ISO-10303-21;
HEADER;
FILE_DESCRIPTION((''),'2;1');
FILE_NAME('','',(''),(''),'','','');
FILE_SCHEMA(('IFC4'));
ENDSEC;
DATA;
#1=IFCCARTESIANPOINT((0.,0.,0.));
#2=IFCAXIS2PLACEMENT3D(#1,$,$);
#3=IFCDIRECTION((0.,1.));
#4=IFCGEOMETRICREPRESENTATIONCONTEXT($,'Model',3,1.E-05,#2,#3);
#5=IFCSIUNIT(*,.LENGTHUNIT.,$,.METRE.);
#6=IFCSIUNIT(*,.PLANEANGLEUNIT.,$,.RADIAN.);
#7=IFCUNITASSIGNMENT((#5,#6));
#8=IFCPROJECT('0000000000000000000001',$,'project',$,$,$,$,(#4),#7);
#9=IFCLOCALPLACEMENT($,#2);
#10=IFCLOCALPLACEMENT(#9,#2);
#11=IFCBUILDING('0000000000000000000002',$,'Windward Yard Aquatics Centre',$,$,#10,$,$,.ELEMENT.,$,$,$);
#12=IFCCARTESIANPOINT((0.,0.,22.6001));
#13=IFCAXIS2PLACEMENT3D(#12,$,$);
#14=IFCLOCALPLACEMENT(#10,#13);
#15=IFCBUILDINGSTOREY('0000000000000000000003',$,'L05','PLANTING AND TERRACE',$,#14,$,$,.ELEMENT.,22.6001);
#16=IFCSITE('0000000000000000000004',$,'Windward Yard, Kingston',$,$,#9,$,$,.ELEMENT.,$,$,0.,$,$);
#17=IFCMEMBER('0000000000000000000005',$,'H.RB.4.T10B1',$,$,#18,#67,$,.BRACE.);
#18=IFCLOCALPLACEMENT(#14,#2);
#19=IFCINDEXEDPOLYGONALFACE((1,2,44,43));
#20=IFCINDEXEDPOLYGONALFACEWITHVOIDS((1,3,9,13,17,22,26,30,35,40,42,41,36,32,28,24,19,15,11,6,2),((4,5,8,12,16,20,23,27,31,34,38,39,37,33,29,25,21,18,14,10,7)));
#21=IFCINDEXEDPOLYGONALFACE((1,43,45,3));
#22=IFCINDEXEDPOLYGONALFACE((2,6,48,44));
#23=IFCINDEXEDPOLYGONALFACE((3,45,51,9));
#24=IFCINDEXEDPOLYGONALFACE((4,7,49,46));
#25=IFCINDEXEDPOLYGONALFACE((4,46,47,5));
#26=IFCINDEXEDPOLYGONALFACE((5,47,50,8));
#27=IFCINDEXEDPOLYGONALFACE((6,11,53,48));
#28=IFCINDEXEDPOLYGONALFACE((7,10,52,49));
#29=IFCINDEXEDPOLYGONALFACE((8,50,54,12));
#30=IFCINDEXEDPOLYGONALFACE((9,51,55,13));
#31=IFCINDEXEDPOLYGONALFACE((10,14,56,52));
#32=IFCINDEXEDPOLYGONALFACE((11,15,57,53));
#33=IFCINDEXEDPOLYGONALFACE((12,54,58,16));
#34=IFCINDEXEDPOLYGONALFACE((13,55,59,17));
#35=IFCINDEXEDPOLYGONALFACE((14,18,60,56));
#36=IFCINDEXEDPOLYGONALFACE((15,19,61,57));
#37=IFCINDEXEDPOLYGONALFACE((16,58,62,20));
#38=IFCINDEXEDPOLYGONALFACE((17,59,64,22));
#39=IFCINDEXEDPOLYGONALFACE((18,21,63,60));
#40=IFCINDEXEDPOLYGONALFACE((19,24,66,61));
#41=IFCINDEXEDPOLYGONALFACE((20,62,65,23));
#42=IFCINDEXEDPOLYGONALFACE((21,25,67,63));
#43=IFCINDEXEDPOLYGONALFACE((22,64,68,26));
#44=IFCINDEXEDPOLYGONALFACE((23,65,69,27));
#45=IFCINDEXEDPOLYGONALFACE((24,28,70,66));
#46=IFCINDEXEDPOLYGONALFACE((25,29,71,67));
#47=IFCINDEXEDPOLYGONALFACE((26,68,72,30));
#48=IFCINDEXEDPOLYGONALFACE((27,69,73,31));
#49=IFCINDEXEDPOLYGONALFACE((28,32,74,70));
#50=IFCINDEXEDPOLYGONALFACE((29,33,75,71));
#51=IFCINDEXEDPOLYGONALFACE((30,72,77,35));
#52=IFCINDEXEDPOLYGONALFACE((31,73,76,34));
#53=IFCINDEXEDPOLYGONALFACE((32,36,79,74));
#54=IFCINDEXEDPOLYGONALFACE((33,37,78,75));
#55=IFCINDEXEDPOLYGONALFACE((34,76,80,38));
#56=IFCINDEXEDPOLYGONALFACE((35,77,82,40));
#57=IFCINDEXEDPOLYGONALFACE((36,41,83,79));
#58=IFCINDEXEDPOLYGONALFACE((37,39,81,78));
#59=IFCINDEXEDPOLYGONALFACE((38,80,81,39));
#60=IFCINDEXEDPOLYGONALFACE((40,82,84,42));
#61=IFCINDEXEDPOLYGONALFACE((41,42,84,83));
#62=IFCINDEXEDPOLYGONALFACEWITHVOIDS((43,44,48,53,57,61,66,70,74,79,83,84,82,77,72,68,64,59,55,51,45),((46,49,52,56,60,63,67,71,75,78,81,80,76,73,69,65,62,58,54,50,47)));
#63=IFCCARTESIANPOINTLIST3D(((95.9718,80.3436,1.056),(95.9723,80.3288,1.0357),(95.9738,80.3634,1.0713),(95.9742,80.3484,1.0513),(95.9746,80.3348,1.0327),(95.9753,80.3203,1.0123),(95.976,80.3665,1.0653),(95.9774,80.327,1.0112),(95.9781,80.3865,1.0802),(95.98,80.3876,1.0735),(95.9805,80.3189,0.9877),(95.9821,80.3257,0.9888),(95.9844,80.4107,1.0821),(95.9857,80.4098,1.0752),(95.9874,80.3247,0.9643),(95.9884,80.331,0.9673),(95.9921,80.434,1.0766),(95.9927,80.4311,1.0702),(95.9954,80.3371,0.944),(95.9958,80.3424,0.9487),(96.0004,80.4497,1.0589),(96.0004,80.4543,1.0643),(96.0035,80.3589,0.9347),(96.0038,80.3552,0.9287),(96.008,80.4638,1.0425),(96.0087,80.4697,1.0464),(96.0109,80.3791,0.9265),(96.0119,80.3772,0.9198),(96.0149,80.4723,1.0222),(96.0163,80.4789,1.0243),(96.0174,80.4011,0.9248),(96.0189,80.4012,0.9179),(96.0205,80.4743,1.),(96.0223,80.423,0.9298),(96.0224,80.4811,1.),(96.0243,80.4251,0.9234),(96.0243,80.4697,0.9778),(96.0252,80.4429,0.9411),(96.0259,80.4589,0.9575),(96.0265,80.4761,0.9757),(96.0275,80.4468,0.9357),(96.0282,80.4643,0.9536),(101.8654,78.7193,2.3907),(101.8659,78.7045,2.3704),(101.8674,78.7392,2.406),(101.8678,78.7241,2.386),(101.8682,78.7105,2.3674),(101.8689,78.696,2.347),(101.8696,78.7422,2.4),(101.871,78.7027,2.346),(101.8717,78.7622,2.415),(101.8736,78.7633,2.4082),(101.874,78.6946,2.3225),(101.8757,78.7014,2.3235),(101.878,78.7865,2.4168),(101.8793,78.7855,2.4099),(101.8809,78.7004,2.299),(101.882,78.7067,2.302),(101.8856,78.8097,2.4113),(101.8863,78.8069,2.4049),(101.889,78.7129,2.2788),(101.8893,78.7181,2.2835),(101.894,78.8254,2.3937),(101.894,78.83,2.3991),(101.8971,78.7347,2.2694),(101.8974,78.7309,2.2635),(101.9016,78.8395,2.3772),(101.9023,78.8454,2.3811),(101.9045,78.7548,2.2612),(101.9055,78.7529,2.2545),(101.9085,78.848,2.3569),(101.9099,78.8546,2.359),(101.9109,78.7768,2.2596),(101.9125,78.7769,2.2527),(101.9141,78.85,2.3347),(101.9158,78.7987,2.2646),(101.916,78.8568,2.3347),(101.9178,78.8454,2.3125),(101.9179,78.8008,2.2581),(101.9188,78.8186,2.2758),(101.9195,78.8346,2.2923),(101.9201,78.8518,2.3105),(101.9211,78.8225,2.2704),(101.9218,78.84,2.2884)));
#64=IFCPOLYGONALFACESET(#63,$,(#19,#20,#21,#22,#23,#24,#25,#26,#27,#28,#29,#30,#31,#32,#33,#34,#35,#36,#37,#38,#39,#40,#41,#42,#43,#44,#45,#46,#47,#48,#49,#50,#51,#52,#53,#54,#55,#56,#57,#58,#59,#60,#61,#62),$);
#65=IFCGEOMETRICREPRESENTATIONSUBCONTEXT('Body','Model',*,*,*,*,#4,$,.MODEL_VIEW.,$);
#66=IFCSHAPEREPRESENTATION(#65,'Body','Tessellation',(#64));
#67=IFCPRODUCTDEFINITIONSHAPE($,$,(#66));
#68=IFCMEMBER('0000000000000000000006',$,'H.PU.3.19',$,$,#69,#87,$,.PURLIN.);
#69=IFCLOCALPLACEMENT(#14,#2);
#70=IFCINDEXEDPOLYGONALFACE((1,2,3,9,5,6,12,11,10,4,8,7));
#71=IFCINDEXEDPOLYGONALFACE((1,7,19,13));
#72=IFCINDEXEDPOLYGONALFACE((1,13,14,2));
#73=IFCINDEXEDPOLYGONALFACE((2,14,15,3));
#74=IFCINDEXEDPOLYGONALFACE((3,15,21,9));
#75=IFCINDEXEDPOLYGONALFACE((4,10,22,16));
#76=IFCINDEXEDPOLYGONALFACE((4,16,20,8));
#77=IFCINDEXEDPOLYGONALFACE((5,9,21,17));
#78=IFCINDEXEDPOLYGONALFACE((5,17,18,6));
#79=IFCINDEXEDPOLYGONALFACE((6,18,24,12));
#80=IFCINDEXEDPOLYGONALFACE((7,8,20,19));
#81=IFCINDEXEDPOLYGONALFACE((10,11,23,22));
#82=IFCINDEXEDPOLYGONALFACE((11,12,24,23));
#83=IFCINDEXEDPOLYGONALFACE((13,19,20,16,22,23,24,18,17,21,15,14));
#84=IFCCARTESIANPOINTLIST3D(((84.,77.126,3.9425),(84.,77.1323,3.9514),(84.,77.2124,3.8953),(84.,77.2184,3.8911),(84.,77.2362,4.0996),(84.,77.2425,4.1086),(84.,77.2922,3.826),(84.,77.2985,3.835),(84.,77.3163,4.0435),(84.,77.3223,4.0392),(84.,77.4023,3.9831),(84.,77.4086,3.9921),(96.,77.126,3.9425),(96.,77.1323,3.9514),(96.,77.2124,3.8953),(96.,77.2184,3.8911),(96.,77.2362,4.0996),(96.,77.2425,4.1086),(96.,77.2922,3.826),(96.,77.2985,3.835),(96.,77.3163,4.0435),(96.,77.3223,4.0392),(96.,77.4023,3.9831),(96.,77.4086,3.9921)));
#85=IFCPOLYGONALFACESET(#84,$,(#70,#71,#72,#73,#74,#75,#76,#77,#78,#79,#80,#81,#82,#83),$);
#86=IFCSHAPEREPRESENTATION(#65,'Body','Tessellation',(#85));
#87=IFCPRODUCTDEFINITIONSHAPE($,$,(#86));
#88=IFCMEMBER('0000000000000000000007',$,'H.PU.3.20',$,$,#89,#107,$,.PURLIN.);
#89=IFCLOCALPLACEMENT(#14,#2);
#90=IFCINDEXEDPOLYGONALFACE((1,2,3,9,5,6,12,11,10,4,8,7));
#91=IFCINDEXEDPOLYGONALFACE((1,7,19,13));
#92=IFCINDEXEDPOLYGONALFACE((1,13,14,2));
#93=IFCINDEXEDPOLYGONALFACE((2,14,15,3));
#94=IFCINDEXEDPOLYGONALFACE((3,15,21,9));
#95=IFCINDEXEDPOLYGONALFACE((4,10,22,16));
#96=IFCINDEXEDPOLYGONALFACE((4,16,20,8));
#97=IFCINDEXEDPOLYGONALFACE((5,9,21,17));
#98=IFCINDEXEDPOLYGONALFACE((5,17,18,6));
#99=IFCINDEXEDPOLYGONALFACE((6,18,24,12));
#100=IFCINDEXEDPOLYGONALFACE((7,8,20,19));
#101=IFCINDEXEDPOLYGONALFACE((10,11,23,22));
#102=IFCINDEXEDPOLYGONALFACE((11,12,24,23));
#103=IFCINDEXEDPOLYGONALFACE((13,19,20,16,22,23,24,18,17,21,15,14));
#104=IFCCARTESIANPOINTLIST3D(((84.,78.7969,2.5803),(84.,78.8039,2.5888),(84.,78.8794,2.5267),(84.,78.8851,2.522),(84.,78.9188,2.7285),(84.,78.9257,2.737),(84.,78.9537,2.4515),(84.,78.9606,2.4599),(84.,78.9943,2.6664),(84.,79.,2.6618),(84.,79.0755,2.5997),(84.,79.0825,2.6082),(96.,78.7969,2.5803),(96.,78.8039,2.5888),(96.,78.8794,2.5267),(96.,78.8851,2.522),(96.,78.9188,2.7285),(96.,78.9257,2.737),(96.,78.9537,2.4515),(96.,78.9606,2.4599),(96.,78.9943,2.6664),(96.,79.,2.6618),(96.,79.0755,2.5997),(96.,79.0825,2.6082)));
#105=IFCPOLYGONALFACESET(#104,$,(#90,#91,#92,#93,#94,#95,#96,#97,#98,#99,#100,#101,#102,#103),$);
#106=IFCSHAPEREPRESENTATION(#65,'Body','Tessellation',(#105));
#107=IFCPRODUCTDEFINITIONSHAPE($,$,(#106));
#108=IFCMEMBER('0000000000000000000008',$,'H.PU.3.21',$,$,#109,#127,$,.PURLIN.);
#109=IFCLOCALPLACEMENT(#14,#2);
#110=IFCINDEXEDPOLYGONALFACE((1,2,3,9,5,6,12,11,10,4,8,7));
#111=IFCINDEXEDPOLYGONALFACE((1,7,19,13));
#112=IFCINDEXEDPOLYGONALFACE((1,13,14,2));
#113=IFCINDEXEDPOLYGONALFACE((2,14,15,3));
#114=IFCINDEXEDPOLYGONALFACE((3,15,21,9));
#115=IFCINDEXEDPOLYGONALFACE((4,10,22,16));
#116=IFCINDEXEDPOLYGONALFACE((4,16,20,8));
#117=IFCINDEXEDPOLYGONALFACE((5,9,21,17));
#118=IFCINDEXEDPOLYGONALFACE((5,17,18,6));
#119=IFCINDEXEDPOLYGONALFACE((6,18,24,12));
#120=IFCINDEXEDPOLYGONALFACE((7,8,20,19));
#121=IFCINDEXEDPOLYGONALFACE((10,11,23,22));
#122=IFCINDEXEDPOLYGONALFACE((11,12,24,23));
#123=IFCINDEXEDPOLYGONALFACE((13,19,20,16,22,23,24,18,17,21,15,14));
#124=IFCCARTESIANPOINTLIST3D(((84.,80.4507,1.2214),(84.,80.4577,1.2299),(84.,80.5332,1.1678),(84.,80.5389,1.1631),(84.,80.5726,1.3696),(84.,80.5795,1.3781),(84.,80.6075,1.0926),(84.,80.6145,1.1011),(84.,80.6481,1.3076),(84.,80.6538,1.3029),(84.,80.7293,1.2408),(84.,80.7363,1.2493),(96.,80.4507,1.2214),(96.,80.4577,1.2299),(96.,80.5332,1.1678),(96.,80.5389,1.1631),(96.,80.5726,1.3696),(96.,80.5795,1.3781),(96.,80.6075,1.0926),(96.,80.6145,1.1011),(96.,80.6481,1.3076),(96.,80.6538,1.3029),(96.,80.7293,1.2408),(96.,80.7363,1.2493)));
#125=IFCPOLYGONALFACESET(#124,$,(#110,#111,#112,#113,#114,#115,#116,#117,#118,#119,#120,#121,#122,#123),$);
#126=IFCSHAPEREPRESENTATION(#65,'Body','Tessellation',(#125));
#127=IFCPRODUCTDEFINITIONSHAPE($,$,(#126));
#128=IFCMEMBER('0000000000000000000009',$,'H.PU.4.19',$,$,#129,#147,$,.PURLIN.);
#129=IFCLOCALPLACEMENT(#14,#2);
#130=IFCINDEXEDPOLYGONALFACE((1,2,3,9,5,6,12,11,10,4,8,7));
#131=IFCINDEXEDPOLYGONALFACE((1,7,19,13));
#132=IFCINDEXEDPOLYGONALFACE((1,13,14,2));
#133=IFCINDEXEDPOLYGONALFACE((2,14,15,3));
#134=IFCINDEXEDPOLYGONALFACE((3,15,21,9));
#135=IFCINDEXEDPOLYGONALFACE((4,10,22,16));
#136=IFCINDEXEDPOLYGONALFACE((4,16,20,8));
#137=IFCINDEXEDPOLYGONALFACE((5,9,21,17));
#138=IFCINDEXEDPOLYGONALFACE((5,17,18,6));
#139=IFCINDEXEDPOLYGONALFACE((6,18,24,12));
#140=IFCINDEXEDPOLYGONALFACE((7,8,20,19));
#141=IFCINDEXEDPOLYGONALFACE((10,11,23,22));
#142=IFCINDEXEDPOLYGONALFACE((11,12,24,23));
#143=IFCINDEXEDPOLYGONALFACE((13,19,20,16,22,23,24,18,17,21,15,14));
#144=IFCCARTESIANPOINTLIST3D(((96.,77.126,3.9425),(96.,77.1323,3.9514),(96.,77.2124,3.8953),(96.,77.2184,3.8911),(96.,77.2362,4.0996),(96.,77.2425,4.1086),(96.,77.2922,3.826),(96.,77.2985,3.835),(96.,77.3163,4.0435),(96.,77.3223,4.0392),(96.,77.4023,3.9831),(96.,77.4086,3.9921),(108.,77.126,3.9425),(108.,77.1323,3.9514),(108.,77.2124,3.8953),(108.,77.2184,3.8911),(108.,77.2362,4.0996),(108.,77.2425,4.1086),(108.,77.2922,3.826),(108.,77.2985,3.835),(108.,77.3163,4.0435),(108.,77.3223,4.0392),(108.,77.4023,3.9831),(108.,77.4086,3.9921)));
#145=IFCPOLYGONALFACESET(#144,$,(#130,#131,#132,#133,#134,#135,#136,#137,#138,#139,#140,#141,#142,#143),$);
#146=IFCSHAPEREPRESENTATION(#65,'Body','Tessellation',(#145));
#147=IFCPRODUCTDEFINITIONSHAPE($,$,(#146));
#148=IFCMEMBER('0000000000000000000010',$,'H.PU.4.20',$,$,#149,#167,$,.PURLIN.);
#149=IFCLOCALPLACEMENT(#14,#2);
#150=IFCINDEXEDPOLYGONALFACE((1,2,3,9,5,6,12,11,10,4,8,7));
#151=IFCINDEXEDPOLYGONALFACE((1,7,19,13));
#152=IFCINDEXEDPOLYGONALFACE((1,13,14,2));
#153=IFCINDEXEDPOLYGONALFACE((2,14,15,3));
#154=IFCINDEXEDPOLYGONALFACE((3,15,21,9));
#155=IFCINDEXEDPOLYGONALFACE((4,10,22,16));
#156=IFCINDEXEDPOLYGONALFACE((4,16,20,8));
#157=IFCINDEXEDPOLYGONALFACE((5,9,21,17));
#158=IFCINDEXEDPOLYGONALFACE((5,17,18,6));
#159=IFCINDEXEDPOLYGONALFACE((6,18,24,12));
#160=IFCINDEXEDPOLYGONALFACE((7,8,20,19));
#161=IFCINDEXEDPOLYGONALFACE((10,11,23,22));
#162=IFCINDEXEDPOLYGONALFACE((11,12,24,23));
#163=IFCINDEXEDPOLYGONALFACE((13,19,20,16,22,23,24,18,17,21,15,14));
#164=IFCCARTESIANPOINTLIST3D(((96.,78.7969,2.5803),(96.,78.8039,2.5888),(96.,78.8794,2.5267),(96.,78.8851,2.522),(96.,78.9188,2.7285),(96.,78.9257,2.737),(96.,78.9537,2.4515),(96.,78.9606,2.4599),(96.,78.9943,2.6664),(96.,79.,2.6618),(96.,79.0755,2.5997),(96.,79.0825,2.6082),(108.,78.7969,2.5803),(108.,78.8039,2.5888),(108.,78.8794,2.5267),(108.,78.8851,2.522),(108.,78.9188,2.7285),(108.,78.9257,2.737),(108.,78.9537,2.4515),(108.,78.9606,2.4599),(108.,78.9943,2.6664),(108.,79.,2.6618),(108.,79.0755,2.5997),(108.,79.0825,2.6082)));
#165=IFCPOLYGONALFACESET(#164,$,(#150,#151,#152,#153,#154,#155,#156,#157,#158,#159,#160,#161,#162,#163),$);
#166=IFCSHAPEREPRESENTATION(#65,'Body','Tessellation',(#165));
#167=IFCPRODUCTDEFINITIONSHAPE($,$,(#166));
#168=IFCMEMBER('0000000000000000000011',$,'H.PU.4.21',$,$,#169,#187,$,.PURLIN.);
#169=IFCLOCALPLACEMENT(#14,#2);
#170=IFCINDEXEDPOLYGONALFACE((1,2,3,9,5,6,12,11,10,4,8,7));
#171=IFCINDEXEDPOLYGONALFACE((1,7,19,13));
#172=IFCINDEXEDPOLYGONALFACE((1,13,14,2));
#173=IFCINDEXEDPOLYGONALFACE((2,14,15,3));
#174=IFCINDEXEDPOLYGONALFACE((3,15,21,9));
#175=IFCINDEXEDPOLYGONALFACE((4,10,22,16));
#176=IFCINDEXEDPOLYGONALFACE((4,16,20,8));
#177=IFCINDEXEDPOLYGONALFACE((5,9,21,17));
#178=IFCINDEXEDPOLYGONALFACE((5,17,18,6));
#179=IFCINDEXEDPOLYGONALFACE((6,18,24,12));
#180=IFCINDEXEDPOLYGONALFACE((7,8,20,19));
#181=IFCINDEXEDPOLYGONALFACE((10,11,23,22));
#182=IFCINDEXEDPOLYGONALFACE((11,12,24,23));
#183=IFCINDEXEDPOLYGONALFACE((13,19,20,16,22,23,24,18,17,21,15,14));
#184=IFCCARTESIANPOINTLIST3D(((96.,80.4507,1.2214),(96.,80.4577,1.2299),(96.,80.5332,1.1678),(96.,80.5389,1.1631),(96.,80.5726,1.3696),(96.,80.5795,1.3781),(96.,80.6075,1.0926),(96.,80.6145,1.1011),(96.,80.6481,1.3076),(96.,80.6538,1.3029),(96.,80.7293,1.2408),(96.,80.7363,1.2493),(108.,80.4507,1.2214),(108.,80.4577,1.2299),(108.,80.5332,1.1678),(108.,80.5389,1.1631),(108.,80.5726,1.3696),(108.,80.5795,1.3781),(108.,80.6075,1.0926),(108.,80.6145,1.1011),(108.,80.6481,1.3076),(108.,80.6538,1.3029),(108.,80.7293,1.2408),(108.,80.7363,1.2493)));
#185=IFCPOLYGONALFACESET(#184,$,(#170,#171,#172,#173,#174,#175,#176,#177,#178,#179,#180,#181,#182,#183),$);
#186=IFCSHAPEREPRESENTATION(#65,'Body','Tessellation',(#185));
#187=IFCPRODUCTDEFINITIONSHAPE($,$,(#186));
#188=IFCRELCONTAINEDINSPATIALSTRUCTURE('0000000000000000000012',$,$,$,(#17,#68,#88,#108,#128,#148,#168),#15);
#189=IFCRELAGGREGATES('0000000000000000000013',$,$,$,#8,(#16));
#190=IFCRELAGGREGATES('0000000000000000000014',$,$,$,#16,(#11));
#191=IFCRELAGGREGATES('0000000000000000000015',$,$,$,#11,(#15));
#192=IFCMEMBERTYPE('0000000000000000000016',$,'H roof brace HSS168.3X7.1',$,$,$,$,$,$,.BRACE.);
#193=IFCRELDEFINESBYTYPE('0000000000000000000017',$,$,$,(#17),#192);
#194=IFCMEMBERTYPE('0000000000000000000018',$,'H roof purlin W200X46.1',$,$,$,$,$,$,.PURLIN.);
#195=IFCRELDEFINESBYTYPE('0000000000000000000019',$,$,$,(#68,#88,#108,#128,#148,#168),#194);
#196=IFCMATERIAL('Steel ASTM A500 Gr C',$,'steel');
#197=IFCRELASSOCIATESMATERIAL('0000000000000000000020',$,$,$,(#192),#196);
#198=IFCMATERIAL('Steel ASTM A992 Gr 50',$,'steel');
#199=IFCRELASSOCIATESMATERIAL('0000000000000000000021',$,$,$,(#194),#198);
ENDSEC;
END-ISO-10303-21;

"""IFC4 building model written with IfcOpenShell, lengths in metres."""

from ifc_helpers import new_model, si_unit, direction, frame, origin, origin_2d, place, context, subcontext, project, spatial, hollow_circle, i_section, extrude, material, material_profile, profile_set, type_object, element, save


model = new_model("IFC4")

# Units and contexts
model_context = context("Model", 3, precision=1e-05, world=origin(), true_north=direction((0.0, 1.0)))
body_context = subcontext(model_context, "Body", "Model", "MODEL_VIEW")
ifc_project = project(units=[si_unit("LENGTHUNIT", "METRE"), si_unit("PLANEANGLEUNIT", "RADIAN")], contexts=[model_context])

# Site, building, storey
site_placement = place(None, origin())
site = spatial("IfcSite", under=ifc_project, at=site_placement, Name="Windward Yard, Kingston", CompositionType="ELEMENT", RefElevation=0.0)
building_placement = place(site_placement, origin())
building = spatial("IfcBuilding", under=site, at=building_placement, Name="Windward Yard Aquatics Centre", CompositionType="ELEMENT")
storey_placement = place(building_placement, frame((0.0, 0.0, 22.6001)))
storey = spatial("IfcBuildingStorey", under=building, at=storey_placement, Name="L05", Description="PLANTING AND TERRACE", CompositionType="ELEMENT", Elevation=22.6001)

# Shared definitions
ifc_material_1 = material(Name="Steel ASTM A500 Gr C", Category="steel")

# Shared definitions
ifc_material_2 = material(Name="Steel ASTM A992 Gr 50", Category="steel")

# Members
ifc_material_profile_1 = material_profile(ifc_material_1, hollow_circle(Radius=0.0842, WallThickness=0.0071, at=origin_2d()), Name="HSS168.3X7.1")
ifc_profile_set_1 = profile_set([ifc_material_profile_1], Name="Steel ASTM A500 Gr C")
member_type_1 = type_object("IfcMemberType", Name="H roof brace HSS168.3X7.1", PredefinedType="BRACE", material=ifc_profile_set_1)
member_1_placement = place(storey_placement, frame((96.0, 80.3999, 1.0), z_axis=(0.94187, -0.25958, 0.213306), x_axis=(0.265695, 0.964057, 0.0)))
element("IfcMember", 1, at=member_1_placement, inside=storey, type_object=member_type_1, Name="H.RB.4.T10B1", PredefinedType="BRACE", context=body_context, shape_type="SweptSolid", body=[
    extrude(hollow_circle(Radius=0.0842, WallThickness=0.0071, at=origin_2d()), origin(), (0.0, 0.0, 1.0), 6.2573),
])
ifc_material_profile_2 = material_profile(ifc_material_2, i_section(OverallWidth=0.2029, OverallDepth=0.2029, WebThickness=0.0073, FlangeThickness=0.011, at=origin_2d()), Name="W200X46.1")
ifc_profile_set_2 = profile_set([ifc_material_profile_2], Name="Steel ASTM A992 Gr 50")
member_type_2 = type_object("IfcMemberType", Name="H roof purlin W200X46.1", PredefinedType="PURLIN", material=ifc_profile_set_2)
for number, where, z_axis, x_axis, name in (
    (2, (84.0, 77.2673, 3.9673), (1.0, 0.0, 0.0), (0.0, 0.818831, -0.574035), "H.PU.3.19"),
    (3, (84.0, 78.9397, 2.5942), (1.0, 0.0, 0.0), (0.0, 0.772611, -0.63488), "H.PU.3.20"),
    (4, (84.0, 80.5935, 1.2354), (1.0, 0.0, 0.0), (0.0, 0.772611, -0.63488), "H.PU.3.21"),
    (5, (96.0, 77.2673, 3.9673), (1.0, 0.0, 0.0), (0.0, 0.818831, -0.574035), "H.PU.4.19"),
    (6, (96.0, 78.9397, 2.5942), (1.0, 0.0, 0.0), (0.0, 0.772611, -0.63488), "H.PU.4.20"),
    (7, (96.0, 80.5935, 1.2354), (1.0, 0.0, 0.0), (0.0, 0.772611, -0.63488), "H.PU.4.21"),
):
    element("IfcMember", number, at=place(storey_placement, frame(where, z_axis=z_axis, x_axis=x_axis)), inside=storey, type_object=member_type_2, Name=name, PredefinedType="PURLIN", context=body_context, shape_type="SweptSolid", body=[
        extrude(i_section(OverallWidth=0.2029, OverallDepth=0.2029, WebThickness=0.0073, FlangeThickness=0.011, at=origin_2d()), origin(), (0.0, 0.0, 1.0), 12.0),
    ])

save(model, "model.ifc")
